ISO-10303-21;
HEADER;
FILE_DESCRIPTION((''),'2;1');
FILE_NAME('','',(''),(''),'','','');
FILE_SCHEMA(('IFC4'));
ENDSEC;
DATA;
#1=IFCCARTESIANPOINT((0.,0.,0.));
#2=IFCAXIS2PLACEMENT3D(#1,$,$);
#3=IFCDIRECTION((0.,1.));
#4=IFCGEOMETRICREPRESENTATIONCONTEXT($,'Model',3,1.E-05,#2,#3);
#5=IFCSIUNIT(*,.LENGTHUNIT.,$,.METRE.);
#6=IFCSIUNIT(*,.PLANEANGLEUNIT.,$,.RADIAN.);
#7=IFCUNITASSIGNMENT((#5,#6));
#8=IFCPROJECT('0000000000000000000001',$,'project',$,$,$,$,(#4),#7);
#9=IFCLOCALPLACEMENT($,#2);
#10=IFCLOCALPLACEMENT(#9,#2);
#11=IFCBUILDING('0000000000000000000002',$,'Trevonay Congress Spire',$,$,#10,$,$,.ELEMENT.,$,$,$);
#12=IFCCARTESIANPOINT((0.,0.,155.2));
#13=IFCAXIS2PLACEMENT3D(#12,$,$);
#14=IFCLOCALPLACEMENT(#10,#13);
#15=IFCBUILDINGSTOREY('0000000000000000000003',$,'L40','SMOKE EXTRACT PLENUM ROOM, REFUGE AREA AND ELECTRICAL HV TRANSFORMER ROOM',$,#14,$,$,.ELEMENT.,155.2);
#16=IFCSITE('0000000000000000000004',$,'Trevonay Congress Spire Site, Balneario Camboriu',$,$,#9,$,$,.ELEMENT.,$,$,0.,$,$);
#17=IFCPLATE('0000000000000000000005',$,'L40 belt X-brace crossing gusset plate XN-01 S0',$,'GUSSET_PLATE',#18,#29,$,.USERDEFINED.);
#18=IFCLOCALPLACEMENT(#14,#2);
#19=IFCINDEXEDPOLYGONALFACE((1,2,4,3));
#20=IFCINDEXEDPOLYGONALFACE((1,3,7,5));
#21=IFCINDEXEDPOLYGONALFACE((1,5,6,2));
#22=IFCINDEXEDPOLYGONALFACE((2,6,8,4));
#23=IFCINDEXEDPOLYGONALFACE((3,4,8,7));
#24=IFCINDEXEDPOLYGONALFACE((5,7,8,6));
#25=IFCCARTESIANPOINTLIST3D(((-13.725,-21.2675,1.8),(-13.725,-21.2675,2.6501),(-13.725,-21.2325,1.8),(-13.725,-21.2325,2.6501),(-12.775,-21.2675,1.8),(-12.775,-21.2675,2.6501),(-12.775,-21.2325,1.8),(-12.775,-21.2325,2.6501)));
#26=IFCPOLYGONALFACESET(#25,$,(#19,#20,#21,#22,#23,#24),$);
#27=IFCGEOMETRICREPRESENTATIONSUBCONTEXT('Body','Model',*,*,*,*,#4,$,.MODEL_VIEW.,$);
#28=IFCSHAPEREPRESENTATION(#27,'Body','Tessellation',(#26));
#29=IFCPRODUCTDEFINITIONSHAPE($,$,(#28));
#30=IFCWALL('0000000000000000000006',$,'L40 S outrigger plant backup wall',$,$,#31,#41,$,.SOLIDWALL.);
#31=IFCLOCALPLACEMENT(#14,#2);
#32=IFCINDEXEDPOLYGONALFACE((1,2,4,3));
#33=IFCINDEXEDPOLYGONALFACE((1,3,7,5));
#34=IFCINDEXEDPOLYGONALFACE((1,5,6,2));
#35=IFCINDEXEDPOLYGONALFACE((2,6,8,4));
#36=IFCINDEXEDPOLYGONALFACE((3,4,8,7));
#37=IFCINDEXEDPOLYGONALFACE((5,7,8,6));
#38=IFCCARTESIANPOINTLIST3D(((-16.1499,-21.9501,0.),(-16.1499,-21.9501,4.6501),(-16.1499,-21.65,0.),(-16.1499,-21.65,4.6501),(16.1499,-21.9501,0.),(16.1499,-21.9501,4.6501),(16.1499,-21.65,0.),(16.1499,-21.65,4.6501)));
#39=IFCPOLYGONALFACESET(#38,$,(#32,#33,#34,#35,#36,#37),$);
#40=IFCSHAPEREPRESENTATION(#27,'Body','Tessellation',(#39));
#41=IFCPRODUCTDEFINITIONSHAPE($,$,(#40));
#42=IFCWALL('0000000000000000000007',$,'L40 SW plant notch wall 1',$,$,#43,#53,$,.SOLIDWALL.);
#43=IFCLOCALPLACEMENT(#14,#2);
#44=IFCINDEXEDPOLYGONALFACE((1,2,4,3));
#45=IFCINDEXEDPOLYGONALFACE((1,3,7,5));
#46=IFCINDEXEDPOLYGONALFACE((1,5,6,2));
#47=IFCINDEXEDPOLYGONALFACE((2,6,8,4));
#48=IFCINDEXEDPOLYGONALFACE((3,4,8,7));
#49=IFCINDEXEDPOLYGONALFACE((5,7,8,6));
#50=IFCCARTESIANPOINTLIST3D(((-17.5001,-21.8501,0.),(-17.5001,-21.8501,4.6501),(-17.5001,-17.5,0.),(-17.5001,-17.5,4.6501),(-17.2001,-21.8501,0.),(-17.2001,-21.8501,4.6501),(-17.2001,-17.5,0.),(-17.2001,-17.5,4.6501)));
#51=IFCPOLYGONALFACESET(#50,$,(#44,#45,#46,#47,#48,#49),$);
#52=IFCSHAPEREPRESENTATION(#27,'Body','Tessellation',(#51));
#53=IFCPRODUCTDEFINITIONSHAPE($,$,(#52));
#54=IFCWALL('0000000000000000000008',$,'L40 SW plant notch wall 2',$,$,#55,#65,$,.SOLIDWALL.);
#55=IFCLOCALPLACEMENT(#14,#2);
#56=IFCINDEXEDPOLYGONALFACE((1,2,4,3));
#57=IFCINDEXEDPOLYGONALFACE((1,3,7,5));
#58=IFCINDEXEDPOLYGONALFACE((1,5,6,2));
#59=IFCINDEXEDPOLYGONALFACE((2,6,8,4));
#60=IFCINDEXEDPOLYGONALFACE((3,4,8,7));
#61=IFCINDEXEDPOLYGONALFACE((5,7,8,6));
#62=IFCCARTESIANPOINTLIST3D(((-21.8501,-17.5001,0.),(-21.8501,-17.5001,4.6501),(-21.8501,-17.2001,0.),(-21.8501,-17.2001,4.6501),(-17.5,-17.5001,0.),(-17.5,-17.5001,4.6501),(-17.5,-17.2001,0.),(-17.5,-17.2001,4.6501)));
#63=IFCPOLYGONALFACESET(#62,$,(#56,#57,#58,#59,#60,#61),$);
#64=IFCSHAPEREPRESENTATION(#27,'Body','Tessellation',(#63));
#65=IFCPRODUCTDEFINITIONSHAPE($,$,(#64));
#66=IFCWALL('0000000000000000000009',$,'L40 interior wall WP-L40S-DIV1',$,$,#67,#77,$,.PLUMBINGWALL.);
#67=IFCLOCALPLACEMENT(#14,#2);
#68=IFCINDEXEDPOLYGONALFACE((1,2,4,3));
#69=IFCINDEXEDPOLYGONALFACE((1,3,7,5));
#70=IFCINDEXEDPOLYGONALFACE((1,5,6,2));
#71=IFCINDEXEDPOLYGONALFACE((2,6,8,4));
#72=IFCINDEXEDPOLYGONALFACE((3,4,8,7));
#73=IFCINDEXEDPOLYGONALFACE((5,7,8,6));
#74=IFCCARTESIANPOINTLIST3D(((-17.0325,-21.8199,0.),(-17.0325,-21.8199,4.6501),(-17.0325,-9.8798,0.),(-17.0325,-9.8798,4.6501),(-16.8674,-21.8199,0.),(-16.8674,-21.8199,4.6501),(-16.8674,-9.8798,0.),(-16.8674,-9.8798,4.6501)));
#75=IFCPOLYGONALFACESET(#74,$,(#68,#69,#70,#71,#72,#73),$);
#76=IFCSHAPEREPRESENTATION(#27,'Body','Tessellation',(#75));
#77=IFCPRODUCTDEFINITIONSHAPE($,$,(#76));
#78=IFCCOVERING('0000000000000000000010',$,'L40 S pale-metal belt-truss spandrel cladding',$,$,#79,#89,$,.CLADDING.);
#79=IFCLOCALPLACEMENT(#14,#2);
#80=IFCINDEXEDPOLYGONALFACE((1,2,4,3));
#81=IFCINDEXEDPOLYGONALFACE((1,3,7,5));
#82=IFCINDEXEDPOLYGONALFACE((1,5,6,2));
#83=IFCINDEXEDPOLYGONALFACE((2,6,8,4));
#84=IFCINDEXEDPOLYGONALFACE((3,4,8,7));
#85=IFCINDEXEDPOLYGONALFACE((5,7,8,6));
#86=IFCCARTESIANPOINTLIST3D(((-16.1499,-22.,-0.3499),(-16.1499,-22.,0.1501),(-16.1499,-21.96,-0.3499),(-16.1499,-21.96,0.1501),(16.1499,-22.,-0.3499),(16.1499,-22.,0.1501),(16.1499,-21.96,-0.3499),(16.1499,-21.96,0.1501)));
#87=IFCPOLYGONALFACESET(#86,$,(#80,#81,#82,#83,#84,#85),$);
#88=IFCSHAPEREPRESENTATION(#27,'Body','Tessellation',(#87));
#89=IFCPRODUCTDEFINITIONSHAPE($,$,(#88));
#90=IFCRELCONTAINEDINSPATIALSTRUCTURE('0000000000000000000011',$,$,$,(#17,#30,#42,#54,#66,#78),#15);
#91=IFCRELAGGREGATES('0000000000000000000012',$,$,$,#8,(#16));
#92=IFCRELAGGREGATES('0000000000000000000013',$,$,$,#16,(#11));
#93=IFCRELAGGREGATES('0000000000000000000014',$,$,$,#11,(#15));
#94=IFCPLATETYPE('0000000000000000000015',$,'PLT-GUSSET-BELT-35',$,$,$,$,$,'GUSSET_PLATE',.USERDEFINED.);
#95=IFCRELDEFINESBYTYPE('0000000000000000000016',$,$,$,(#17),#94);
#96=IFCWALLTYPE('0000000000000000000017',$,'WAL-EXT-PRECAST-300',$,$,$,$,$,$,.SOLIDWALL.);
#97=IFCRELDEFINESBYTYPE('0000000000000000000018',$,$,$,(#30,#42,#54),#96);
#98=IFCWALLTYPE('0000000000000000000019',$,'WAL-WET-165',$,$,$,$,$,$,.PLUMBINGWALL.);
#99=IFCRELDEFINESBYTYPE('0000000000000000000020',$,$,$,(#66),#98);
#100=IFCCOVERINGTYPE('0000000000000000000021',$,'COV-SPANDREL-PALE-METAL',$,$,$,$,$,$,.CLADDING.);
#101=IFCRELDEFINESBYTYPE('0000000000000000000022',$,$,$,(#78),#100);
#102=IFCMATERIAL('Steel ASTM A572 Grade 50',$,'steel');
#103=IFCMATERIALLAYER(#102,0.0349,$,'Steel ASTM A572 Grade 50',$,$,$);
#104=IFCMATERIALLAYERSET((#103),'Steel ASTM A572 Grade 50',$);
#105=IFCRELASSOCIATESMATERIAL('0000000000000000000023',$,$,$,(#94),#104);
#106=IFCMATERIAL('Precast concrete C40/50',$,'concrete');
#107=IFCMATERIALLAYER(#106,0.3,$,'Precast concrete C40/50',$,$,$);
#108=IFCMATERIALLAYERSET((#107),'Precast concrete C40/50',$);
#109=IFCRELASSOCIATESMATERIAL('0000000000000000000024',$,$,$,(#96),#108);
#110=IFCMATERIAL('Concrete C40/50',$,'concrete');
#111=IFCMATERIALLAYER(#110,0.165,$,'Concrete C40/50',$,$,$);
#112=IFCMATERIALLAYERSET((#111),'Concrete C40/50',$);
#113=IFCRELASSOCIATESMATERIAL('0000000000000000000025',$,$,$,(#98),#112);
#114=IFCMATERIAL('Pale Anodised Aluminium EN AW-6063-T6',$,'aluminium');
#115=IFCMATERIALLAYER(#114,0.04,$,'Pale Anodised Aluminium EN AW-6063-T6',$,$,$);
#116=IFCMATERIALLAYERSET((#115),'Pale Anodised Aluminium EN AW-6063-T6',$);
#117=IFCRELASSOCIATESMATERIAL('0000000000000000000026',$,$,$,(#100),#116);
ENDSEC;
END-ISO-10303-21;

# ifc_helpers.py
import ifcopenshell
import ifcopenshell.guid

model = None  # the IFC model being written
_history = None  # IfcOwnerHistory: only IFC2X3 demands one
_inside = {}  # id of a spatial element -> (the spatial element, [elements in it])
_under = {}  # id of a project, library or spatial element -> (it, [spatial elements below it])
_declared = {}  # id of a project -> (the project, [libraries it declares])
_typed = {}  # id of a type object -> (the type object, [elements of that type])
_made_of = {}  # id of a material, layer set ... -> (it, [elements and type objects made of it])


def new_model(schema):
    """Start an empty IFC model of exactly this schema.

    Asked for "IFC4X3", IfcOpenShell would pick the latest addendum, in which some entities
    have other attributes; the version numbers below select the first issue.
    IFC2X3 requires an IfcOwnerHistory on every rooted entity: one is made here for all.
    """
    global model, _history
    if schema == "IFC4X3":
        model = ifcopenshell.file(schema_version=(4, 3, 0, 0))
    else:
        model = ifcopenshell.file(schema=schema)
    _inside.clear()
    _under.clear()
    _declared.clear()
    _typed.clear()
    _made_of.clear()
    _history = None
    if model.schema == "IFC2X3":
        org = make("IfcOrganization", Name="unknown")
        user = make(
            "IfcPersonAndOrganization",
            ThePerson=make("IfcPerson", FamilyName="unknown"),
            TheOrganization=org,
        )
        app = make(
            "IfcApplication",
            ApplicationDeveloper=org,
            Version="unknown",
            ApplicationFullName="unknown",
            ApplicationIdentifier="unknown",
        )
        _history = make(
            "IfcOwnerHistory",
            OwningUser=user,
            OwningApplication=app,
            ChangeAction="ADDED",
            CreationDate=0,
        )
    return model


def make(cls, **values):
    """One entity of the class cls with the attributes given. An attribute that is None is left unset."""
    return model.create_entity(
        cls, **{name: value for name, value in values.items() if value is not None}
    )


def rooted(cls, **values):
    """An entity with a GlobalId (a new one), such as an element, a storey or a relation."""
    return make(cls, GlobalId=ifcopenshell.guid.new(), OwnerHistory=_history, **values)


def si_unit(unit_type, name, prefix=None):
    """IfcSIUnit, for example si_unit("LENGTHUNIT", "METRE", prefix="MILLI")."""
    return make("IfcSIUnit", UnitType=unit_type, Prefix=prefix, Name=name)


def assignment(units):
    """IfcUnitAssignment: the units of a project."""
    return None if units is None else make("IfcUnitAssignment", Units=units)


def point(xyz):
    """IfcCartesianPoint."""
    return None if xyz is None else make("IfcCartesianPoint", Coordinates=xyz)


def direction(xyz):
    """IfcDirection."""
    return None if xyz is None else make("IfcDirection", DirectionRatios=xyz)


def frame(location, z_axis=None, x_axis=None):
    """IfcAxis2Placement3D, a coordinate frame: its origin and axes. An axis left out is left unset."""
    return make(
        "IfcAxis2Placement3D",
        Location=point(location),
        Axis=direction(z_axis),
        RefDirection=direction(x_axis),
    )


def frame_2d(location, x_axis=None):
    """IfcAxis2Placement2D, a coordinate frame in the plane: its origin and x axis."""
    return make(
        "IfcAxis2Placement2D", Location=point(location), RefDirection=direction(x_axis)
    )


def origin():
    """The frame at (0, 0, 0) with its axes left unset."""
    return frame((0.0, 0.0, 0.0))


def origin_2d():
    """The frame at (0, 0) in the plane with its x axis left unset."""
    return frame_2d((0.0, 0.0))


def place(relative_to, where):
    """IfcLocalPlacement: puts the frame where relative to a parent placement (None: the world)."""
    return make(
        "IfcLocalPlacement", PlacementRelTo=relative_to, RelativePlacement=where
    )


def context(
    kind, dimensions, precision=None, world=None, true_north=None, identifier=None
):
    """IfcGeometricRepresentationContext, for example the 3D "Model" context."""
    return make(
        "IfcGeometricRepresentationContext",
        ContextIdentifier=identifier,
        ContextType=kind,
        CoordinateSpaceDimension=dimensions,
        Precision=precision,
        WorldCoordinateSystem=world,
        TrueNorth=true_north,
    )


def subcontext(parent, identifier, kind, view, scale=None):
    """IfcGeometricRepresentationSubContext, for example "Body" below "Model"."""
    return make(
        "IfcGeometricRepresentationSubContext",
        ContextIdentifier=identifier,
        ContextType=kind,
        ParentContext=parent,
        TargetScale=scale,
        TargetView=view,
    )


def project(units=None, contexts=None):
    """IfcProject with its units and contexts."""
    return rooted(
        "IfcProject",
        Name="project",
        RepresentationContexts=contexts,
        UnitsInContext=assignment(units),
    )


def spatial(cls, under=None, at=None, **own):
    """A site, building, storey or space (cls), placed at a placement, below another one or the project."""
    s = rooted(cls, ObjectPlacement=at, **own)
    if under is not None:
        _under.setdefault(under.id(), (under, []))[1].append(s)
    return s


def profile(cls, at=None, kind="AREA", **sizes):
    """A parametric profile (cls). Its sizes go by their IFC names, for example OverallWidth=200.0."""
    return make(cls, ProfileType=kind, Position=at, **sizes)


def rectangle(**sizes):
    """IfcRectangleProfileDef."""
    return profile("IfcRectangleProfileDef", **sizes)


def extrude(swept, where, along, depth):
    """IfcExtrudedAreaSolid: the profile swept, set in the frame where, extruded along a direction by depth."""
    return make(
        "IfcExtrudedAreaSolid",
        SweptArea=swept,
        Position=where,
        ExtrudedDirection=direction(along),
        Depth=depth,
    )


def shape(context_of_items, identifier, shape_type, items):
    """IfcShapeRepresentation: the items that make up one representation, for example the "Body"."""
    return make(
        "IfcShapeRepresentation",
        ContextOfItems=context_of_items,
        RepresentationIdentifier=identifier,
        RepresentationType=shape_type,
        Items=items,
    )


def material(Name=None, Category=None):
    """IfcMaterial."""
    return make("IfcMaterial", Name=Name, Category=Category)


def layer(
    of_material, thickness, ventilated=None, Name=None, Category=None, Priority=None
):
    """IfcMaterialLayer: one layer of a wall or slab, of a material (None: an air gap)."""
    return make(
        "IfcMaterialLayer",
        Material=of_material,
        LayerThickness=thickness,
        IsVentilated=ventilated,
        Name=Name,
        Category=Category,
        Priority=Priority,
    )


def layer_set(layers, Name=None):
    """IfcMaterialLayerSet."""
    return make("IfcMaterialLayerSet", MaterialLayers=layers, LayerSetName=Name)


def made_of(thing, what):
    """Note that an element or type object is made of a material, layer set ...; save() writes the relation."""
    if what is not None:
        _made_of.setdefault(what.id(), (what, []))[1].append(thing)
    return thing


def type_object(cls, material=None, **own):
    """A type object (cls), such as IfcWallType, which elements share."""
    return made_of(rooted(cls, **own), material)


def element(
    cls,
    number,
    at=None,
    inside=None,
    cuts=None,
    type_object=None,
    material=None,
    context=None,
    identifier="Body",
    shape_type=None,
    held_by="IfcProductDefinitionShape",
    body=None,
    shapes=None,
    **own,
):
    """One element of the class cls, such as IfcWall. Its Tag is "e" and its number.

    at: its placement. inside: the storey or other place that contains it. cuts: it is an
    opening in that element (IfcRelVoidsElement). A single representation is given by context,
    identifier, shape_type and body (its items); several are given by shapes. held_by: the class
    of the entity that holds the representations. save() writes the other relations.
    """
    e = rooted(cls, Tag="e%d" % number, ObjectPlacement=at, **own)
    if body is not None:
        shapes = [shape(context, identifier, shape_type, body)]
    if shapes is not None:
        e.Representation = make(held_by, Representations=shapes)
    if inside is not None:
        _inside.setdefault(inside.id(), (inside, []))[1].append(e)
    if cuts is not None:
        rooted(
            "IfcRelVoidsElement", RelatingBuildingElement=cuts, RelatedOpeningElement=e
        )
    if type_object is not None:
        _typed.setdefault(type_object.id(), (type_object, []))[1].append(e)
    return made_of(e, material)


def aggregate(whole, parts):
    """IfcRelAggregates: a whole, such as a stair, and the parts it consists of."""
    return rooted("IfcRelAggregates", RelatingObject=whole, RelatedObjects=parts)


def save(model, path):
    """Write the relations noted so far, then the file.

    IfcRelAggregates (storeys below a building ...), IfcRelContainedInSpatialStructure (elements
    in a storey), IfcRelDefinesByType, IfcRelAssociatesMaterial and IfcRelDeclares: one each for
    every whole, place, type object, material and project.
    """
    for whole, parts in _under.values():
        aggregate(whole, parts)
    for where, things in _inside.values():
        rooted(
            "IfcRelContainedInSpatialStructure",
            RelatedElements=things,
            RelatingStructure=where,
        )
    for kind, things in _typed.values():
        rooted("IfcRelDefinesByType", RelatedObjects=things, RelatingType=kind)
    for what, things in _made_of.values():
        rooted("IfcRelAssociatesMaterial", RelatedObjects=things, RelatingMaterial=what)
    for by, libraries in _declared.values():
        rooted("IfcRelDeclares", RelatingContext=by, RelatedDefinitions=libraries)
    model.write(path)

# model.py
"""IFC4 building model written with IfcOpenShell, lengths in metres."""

from ifc_helpers import new_model, si_unit, direction, frame, frame_2d, origin, origin_2d, place, context, subcontext, project, spatial, rectangle, extrude, material, layer, layer_set, type_object, element, save


model = new_model("IFC4")

# Units and contexts
model_context = context("Model", 3, precision=1e-05, world=origin(), true_north=direction((0.0, 1.0)))
body_context = subcontext(model_context, "Body", "Model", "MODEL_VIEW")
ifc_project = project(units=[si_unit("LENGTHUNIT", "METRE"), si_unit("PLANEANGLEUNIT", "RADIAN")], contexts=[model_context])

# Site, building, storey
site_placement = place(None, origin())
site = spatial("IfcSite", under=ifc_project, at=site_placement, Name="Trevonay Congress Spire Site, Balneario Camboriu", CompositionType="ELEMENT", RefElevation=0.0)
building_placement = place(site_placement, origin())
building = spatial("IfcBuilding", under=site, at=building_placement, Name="Trevonay Congress Spire", CompositionType="ELEMENT")
storey_placement = place(building_placement, frame((0.0, 0.0, 155.2)))
storey = spatial("IfcBuildingStorey", under=building, at=storey_placement, Name="L40", Description="SMOKE EXTRACT PLENUM ROOM, REFUGE AREA AND ELECTRICAL HV TRANSFORMER ROOM", CompositionType="ELEMENT", Elevation=155.2)

# Shared definitions
ifc_material_1 = material(Name="Steel ASTM A572 Grade 50", Category="steel")

# Plate
ifc_layer_1 = layer(ifc_material_1, 0.0349, Name="Steel ASTM A572 Grade 50")
ifc_layer_set_1 = layer_set([ifc_layer_1], Name="Steel ASTM A572 Grade 50")
plate_type = type_object("IfcPlateType", Name="PLT-GUSSET-BELT-35", ElementType="GUSSET_PLATE", PredefinedType="USERDEFINED", material=ifc_layer_set_1)
plate_placement = place(storey_placement, frame((-13.25, -21.25, 1.8), z_axis=(0.0, 0.0, 1.0), x_axis=(1.0, 0.0, 0.0)))
element("IfcPlate", 1, at=plate_placement, inside=storey, type_object=plate_type, Name="L40 belt X-brace crossing gusset plate XN-01 S0", ObjectType="GUSSET_PLATE", PredefinedType="USERDEFINED", context=body_context, shape_type="SweptSolid", body=[
    extrude(rectangle(XDim=0.95, YDim=0.0349, at=origin_2d()), origin(), (0.0, 0.0, 1.0), 0.8501),
])

# Walls
ifc_material_2 = material(Name="Precast concrete C40/50", Category="concrete")
ifc_layer_2 = layer(ifc_material_2, 0.3, Name="Precast concrete C40/50")
ifc_layer_set_2 = layer_set([ifc_layer_2], Name="Precast concrete C40/50")
wall_type_1 = type_object("IfcWallType", Name="WAL-EXT-PRECAST-300", PredefinedType="SOLIDWALL", material=ifc_layer_set_2)
wall_1_placement = place(storey_placement, frame((-16.1499, -21.8, 0.0), z_axis=(0.0, 0.0, 1.0), x_axis=(1.0, 0.0, 0.0)))
element("IfcWall", 2, at=wall_1_placement, inside=storey, type_object=wall_type_1, Name="L40 S outrigger plant backup wall", PredefinedType="SOLIDWALL", context=body_context, shape_type="SweptSolid", body=[
    extrude(rectangle(XDim=32.2998, YDim=0.3, at=frame_2d((16.1499, 0.0))), origin(), (0.0, 0.0, 1.0), 4.6501),
])
for number, where, z_axis, x_axis, name in (
    (3, (-17.3501, -21.8501, 0.0), (0.0, 0.0, 1.0), (0.0, 1.0, 0.0), "L40 SW plant notch wall 1"),
    (4, (-21.8501, -17.3501, 0.0), (0.0, 0.0, 1.0), (1.0, 0.0, 0.0), "L40 SW plant notch wall 2"),
):
    element("IfcWall", number, at=place(storey_placement, frame(where, z_axis=z_axis, x_axis=x_axis)), inside=storey, type_object=wall_type_1, Name=name, PredefinedType="SOLIDWALL", context=body_context, shape_type="SweptSolid", body=[
        extrude(rectangle(XDim=4.3501, YDim=0.3, at=frame_2d((2.175, 0.0))), origin(), (0.0, 0.0, 1.0), 4.6501),
    ])
ifc_material_3 = material(Name="Concrete C40/50", Category="concrete")
ifc_layer_3 = layer(ifc_material_3, 0.165, Name="Concrete C40/50")
ifc_layer_set_3 = layer_set([ifc_layer_3], Name="Concrete C40/50")
wall_type_2 = type_object("IfcWallType", Name="WAL-WET-165", PredefinedType="PLUMBINGWALL", material=ifc_layer_set_3)
wall_2_placement = place(storey_placement, frame((-16.95, -21.8201, 0.0), z_axis=(0.0, 0.0, 1.0), x_axis=(0.0, 1.0, 0.0)))
element("IfcWall", 5, at=wall_2_placement, inside=storey, type_object=wall_type_2, Name="L40 interior wall WP-L40S-DIV1", PredefinedType="PLUMBINGWALL", context=body_context, shape_type="SweptSolid", body=[
    extrude(rectangle(XDim=11.9402, YDim=0.165, at=frame_2d((5.9702, 0.0))), origin(), (0.0, 0.0, 1.0), 4.6501),
])

# Covering
ifc_material_4 = material(Name="Pale Anodised Aluminium EN AW-6063-T6", Category="aluminium")
ifc_layer_4 = layer(ifc_material_4, 0.04, Name="Pale Anodised Aluminium EN AW-6063-T6")
ifc_layer_set_4 = layer_set([ifc_layer_4], Name="Pale Anodised Aluminium EN AW-6063-T6")
covering_type = type_object("IfcCoveringType", Name="COV-SPANDREL-PALE-METAL", PredefinedType="CLADDING", material=ifc_layer_set_4)
covering_placement = place(storey_placement, frame((-16.1499, -21.98, -0.3499), z_axis=(0.0, 0.0, 1.0), x_axis=(1.0, 0.0, 0.0)))
element("IfcCovering", 6, at=covering_placement, inside=storey, type_object=covering_type, Name="L40 S pale-metal belt-truss spandrel cladding", PredefinedType="CLADDING", context=body_context, shape_type="SweptSolid", body=[
    extrude(rectangle(XDim=32.2998, YDim=0.04, at=frame_2d((16.1499, 0.0))), origin(), (0.0, 0.0, 1.0), 0.5),
])

save(model, "model.ifc")
